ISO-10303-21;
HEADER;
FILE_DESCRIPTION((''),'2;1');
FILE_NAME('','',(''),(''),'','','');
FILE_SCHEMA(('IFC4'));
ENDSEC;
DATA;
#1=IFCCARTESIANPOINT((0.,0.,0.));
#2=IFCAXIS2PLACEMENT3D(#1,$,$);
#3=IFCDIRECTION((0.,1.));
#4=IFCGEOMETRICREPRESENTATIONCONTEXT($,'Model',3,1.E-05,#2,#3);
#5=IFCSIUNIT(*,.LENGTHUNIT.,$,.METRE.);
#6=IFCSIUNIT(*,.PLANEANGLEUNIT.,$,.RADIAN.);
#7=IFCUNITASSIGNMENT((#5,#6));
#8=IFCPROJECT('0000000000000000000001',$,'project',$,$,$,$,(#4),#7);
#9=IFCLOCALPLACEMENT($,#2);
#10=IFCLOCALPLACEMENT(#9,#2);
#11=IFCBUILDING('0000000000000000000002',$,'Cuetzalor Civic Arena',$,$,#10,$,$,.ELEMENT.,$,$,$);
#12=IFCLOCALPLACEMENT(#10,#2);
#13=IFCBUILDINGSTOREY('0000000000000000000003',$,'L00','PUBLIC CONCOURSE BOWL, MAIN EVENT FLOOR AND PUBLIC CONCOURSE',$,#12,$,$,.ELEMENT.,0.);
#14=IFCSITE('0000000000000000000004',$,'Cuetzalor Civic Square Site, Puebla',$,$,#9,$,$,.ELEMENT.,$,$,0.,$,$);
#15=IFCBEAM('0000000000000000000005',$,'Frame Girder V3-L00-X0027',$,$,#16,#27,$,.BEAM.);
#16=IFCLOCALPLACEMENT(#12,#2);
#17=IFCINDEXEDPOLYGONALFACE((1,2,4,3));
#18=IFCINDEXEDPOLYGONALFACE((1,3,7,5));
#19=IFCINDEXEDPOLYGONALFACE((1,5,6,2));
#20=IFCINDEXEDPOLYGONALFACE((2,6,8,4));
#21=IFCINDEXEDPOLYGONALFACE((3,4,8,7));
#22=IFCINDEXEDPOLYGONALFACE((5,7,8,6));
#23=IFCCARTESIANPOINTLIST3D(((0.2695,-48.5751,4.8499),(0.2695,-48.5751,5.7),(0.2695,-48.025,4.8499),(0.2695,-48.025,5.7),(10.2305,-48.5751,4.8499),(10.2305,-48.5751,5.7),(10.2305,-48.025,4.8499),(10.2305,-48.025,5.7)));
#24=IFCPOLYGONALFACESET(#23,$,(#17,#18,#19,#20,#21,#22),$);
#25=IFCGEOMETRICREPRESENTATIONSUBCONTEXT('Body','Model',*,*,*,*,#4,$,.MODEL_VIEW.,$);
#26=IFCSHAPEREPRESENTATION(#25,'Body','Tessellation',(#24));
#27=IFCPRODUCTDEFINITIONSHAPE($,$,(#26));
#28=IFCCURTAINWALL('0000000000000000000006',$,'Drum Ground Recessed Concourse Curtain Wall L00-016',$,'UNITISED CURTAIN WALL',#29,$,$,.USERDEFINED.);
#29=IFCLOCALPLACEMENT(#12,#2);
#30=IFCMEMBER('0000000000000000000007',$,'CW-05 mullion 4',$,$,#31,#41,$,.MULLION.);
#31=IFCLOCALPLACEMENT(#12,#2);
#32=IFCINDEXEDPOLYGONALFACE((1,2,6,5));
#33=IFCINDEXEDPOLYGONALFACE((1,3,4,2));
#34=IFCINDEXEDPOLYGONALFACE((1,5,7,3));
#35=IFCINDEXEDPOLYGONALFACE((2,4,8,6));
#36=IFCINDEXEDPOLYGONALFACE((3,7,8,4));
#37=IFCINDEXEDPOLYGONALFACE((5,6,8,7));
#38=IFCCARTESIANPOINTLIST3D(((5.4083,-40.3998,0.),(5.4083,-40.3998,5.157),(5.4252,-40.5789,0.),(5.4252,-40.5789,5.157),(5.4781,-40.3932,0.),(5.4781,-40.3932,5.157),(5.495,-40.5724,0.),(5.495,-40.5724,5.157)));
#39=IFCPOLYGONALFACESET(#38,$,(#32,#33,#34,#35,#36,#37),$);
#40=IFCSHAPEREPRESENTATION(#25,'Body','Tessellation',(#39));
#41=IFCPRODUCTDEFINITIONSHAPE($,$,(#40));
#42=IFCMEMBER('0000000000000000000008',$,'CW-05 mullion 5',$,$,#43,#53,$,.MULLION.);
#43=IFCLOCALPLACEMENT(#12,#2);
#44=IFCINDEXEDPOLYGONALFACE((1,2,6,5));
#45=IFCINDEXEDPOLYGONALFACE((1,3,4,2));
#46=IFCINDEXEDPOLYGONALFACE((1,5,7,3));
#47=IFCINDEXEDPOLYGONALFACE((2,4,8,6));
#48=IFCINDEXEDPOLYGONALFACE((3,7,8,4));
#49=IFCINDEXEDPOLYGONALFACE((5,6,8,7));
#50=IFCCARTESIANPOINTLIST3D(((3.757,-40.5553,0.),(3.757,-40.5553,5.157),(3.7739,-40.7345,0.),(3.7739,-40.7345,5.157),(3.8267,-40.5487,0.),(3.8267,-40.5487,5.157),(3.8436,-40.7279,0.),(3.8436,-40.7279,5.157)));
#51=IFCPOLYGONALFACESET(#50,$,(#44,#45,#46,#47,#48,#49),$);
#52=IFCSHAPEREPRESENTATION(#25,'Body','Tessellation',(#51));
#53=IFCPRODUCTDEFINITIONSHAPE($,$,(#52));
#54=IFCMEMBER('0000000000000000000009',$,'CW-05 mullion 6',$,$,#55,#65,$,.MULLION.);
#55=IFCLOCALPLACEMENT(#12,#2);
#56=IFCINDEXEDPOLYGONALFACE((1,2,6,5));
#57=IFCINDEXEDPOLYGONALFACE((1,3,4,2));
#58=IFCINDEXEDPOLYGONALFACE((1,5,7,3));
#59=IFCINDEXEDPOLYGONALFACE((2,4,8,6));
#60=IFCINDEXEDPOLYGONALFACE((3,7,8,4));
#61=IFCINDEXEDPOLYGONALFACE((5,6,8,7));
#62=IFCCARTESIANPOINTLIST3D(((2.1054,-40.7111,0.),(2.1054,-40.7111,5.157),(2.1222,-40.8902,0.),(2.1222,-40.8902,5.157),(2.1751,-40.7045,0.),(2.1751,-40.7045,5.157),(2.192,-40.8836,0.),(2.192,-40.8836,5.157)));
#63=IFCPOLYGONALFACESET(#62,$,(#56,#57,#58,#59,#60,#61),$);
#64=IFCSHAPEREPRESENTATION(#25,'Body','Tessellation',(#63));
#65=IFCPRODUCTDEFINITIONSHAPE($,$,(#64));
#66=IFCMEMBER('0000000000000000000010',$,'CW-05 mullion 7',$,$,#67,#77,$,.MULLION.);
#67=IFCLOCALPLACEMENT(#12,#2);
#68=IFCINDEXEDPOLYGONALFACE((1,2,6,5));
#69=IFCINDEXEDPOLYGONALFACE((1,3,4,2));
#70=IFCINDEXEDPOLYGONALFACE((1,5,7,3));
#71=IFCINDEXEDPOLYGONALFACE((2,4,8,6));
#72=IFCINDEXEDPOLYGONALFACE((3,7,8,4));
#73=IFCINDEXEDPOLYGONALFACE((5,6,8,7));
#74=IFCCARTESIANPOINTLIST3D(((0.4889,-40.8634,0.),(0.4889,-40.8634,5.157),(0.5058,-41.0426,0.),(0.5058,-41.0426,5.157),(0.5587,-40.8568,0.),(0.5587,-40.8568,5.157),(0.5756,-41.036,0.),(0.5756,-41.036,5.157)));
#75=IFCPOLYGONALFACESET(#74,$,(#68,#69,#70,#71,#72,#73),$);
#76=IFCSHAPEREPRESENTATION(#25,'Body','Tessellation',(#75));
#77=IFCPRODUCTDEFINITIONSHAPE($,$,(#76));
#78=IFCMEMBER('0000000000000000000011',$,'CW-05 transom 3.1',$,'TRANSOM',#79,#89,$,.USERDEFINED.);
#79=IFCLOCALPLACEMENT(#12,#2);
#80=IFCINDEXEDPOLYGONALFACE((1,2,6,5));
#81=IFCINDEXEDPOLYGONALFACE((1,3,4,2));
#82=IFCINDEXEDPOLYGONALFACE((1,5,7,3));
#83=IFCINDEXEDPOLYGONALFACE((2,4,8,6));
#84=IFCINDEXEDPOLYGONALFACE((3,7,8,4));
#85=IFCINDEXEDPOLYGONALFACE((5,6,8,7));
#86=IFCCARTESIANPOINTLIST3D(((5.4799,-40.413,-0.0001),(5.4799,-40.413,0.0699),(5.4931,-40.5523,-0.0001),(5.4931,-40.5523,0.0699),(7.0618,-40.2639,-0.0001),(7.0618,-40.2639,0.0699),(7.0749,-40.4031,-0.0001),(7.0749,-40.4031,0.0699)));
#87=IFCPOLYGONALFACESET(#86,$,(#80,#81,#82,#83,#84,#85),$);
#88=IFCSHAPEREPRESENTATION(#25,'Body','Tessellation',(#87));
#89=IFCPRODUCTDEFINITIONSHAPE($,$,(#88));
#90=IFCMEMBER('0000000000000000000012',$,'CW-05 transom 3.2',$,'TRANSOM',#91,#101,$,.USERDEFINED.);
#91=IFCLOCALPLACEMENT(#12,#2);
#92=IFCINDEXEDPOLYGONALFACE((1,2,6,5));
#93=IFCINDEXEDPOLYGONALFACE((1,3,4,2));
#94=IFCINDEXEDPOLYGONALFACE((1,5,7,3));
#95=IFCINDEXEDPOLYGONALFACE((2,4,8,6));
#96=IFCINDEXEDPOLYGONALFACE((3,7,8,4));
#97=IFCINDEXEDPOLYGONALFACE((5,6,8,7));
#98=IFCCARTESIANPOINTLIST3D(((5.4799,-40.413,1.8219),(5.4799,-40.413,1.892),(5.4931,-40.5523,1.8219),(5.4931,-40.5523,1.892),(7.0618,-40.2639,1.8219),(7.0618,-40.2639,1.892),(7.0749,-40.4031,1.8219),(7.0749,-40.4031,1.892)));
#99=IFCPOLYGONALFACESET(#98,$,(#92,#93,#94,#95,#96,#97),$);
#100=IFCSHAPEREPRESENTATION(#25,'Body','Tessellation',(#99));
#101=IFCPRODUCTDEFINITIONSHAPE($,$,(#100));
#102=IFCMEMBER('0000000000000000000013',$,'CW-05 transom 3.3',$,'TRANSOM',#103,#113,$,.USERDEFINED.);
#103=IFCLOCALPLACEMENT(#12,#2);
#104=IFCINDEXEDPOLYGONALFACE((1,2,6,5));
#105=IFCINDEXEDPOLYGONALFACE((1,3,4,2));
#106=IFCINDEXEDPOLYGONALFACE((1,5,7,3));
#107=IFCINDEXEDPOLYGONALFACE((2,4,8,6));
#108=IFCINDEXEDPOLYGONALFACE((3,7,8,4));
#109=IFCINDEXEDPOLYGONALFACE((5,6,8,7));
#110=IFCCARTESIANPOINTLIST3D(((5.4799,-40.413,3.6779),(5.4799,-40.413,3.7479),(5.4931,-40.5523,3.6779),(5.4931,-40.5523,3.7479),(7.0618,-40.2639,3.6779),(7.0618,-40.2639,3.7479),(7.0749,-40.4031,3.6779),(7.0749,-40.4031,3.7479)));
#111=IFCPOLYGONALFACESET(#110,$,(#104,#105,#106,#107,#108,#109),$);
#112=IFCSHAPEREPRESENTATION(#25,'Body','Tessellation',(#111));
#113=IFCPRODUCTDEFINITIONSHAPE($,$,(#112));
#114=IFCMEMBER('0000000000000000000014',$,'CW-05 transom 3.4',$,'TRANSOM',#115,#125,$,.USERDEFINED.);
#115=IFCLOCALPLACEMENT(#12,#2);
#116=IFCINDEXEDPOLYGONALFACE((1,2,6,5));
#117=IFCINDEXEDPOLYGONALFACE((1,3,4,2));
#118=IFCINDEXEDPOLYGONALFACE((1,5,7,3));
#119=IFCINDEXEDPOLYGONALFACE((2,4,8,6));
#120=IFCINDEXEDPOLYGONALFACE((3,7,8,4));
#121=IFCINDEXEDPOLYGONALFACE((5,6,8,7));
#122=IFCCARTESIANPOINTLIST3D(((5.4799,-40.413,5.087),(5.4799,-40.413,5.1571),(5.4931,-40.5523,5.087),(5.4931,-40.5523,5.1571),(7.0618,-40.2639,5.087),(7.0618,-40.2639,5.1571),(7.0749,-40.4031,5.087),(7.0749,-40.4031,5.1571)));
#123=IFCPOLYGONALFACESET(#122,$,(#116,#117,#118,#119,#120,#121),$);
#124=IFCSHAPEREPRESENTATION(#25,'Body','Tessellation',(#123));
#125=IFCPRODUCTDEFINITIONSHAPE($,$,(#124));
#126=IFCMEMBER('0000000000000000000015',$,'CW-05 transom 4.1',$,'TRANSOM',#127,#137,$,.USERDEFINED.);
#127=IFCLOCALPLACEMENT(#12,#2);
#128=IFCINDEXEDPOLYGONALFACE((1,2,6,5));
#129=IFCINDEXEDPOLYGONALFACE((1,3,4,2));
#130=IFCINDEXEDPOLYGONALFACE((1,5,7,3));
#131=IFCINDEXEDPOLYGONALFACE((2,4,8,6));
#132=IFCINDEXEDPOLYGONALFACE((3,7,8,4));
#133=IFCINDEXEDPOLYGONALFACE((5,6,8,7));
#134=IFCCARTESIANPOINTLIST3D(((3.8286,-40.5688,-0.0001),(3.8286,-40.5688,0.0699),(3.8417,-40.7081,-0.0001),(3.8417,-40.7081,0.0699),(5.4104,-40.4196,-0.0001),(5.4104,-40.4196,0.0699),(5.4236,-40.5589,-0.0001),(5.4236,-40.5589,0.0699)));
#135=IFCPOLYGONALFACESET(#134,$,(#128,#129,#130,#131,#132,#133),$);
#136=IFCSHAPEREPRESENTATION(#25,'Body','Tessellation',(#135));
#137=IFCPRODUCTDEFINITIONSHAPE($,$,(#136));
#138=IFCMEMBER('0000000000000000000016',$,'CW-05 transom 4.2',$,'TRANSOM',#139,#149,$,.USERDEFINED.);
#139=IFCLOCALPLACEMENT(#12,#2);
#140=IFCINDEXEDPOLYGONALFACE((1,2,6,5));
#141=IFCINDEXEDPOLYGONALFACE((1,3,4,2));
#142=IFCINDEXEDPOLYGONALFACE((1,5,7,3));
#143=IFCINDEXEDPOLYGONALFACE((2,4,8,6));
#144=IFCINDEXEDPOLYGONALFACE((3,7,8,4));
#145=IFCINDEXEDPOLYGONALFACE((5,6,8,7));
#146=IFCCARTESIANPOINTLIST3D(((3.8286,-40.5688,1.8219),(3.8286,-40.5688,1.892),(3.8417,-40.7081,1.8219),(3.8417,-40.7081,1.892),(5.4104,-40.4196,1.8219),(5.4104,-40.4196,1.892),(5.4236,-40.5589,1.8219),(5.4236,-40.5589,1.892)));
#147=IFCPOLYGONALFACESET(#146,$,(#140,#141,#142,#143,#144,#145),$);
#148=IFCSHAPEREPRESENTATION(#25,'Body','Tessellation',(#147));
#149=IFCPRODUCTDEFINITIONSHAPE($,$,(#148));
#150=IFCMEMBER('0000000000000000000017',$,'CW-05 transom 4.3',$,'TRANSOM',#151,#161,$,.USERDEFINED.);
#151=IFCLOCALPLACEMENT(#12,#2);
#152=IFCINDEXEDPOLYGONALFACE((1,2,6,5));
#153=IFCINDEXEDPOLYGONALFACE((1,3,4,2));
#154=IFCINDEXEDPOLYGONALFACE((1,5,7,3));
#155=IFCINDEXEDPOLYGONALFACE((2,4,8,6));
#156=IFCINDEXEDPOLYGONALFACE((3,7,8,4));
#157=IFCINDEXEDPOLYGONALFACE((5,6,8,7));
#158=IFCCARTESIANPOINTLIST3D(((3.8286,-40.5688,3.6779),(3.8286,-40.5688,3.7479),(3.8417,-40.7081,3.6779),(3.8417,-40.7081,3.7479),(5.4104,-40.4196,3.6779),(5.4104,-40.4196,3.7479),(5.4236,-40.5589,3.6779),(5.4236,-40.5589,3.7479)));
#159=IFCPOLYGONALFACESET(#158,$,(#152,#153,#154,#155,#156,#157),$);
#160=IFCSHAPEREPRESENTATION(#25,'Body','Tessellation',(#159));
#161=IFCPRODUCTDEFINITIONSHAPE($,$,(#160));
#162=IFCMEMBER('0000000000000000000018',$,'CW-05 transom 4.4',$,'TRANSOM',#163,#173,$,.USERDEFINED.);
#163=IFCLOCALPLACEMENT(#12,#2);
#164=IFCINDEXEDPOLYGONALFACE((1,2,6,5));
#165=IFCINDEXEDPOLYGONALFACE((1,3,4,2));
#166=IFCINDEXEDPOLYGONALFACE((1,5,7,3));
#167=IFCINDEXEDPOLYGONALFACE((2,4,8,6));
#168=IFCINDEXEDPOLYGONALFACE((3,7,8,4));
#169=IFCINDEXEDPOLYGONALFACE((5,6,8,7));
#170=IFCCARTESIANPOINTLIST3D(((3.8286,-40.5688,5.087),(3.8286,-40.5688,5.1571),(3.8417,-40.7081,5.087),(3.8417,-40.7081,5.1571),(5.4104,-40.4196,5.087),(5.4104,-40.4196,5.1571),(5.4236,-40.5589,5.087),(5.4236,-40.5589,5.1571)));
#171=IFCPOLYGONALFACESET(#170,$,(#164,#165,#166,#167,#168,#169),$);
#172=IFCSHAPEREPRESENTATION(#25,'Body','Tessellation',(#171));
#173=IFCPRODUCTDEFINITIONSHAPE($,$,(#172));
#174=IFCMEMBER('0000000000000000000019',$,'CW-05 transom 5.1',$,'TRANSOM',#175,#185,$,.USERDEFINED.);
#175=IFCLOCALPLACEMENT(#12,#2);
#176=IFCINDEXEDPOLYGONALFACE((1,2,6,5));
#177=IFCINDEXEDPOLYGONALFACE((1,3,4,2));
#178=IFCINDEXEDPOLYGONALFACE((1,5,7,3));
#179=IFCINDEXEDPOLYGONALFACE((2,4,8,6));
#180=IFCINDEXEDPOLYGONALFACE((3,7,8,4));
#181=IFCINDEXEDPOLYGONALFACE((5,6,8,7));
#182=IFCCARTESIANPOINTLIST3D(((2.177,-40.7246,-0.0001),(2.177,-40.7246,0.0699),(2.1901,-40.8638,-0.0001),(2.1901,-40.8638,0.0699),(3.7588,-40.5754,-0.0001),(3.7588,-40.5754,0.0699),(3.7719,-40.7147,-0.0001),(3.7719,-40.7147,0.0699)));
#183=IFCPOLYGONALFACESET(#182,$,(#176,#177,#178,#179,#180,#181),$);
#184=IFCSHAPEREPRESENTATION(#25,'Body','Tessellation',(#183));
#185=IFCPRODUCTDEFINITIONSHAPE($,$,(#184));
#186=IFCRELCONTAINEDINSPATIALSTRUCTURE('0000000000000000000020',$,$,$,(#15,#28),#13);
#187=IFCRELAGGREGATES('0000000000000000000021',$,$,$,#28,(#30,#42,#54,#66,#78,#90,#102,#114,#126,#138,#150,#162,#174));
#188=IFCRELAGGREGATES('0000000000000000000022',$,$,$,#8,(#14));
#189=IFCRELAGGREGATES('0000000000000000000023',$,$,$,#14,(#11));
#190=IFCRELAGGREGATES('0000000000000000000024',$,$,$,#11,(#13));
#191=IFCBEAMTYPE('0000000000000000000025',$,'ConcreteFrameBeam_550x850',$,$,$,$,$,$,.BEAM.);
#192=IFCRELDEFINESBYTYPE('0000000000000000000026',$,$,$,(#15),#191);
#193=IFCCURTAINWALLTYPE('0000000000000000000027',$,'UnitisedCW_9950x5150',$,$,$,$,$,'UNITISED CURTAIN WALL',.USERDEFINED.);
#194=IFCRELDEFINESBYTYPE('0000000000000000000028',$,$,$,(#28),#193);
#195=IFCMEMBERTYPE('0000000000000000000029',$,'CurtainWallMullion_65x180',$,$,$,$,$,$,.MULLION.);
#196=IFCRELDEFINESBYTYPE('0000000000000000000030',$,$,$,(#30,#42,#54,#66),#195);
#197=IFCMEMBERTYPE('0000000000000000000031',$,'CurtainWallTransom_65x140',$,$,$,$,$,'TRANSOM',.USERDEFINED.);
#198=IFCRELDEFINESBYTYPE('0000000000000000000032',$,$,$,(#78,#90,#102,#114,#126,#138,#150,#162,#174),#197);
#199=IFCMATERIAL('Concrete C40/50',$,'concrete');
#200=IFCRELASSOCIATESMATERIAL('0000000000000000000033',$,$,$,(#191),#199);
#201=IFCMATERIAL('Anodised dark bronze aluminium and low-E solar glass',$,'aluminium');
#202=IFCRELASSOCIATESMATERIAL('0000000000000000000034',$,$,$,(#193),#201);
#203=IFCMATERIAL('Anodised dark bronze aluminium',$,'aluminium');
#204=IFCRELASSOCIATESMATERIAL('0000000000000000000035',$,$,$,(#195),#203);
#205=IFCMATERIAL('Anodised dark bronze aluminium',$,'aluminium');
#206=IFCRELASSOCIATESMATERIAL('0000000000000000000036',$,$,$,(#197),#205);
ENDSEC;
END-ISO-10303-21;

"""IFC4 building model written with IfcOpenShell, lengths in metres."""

from ifc_helpers import new_model, si_unit, direction, frame, origin, origin_2d, place, context, subcontext, project, spatial, rectangle, extrude, material, material_profile, profile_set, type_object, element, aggregate, save


model = new_model("IFC4")

# Units and contexts
model_context = context("Model", 3, precision=1e-05, world=origin(), true_north=direction((0.0, 1.0)))
body_context = subcontext(model_context, "Body", "Model", "MODEL_VIEW")
ifc_project = project(units=[si_unit("LENGTHUNIT", "METRE"), si_unit("PLANEANGLEUNIT", "RADIAN")], contexts=[model_context])

# Site, building, storey
site_placement = place(None, origin())
site = spatial("IfcSite", under=ifc_project, at=site_placement, Name="Cuetzalor Civic Square Site, Puebla", CompositionType="ELEMENT", RefElevation=0.0)
building_placement = place(site_placement, origin())
building = spatial("IfcBuilding", under=site, at=building_placement, Name="Cuetzalor Civic Arena", CompositionType="ELEMENT")
storey_placement = place(building_placement, origin())
storey = spatial("IfcBuildingStorey", under=building, at=storey_placement, Name="L00", Description="PUBLIC CONCOURSE BOWL, MAIN EVENT FLOOR AND PUBLIC CONCOURSE", CompositionType="ELEMENT", Elevation=0.0)

# Beam
ifc_material_1 = material(Name="Concrete C40/50", Category="concrete")
ifc_material_profile_1 = material_profile(ifc_material_1, rectangle(XDim=0.55, YDim=0.8501, at=origin_2d()), Name="RC 550x850")
ifc_profile_set_1 = profile_set([ifc_material_profile_1], Name="Concrete C40/50")
beam_type_1 = type_object("IfcBeamType", Name="ConcreteFrameBeam_550x850", PredefinedType="BEAM", material=ifc_profile_set_1)
beam_1_placement = place(storey_placement, frame((0.2695, -48.3, 5.2749), z_axis=(1.0, 0.0, 0.0), x_axis=(0.0, 1.0, 0.0)))
element("IfcBeam", 1, at=beam_1_placement, inside=storey, type_object=beam_type_1, Name="Frame Girder V3-L00-X0027", PredefinedType="BEAM", context=body_context, shape_type="SweptSolid", body=[
    extrude(rectangle(XDim=0.55, YDim=0.8501, at=origin_2d()), origin(), (0.0, 0.0, 1.0), 9.9609),
])

# Curtain wall, members
ifc_material_2 = material(Name="Anodised dark bronze aluminium and low-E solar glass", Category="aluminium")
curtain_wall_type = type_object("IfcCurtainWallType", Name="UnitisedCW_9950x5150", ElementType="UNITISED CURTAIN WALL", PredefinedType="USERDEFINED", material=ifc_material_2)
curtain_wall_placement = place(storey_placement, origin())
curtain_wall = element("IfcCurtainWall", 2, at=curtain_wall_placement, inside=storey, type_object=curtain_wall_type, Name="Drum Ground Recessed Concourse Curtain Wall L00-016", ObjectType="UNITISED CURTAIN WALL", PredefinedType="USERDEFINED")
ifc_material_3 = material(Name="Anodised dark bronze aluminium", Category="aluminium")
ifc_material_profile_2 = material_profile(ifc_material_3, rectangle(XDim=0.0701, YDim=0.1799, at=origin_2d()), Name="ALU MULLION 70x180")
ifc_profile_set_2 = profile_set([ifc_material_profile_2], Name="Anodised dark bronze aluminium")
member_type_1 = type_object("IfcMemberType", Name="CurtainWallMullion_65x180", PredefinedType="MULLION", material=ifc_profile_set_2)
member_1_placement = place(storey_placement, frame((5.4517, -40.4861, 0.0), z_axis=(0.0, 0.0, 1.0), x_axis=(-0.995585, -0.093863, 0.0)))
member_1 = element("IfcMember", 3, at=member_1_placement, type_object=member_type_1, Name="CW-05 mullion 4", PredefinedType="MULLION", context=body_context, shape_type="SweptSolid", body=[
    extrude(rectangle(XDim=0.0701, YDim=0.1799, at=origin_2d()), origin(), (0.0, 0.0, 1.0), 5.157),
])
member_2_placement = place(storey_placement, frame((3.8003, -40.6416, 0.0), z_axis=(0.0, 0.0, 1.0), x_axis=(-0.995585, -0.093863, 0.0)))
member_2 = element("IfcMember", 4, at=member_2_placement, type_object=member_type_1, Name="CW-05 mullion 5", PredefinedType="MULLION", context=body_context, shape_type="SweptSolid", body=[
    extrude(rectangle(XDim=0.0701, YDim=0.1799, at=origin_2d()), origin(), (0.0, 0.0, 1.0), 5.157),
])
member_3_placement = place(storey_placement, frame((2.1487, -40.7974, 0.0), z_axis=(0.0, 0.0, 1.0), x_axis=(-0.995585, -0.093863, 0.0)))
member_3 = element("IfcMember", 5, at=member_3_placement, type_object=member_type_1, Name="CW-05 mullion 6", PredefinedType="MULLION", context=body_context, shape_type="SweptSolid", body=[
    extrude(rectangle(XDim=0.0701, YDim=0.1799, at=origin_2d()), origin(), (0.0, 0.0, 1.0), 5.157),
])
member_4_placement = place(storey_placement, frame((0.5322, -40.9497, 0.0), z_axis=(0.0, 0.0, 1.0), x_axis=(-0.995585, -0.093863, 0.0)))
member_4 = element("IfcMember", 6, at=member_4_placement, type_object=member_type_1, Name="CW-05 mullion 7", PredefinedType="MULLION", context=body_context, shape_type="SweptSolid", body=[
    extrude(rectangle(XDim=0.0701, YDim=0.1799, at=origin_2d()), origin(), (0.0, 0.0, 1.0), 5.157),
])
ifc_material_4 = material(Name="Anodised dark bronze aluminium", Category="aluminium")
ifc_material_profile_3 = material_profile(ifc_material_4, rectangle(XDim=0.1399, YDim=0.0701, at=origin_2d()), Name="ALU TRANSOM 70x140")
ifc_profile_set_3 = profile_set([ifc_material_profile_3], Name="Anodised dark bronze aluminium")
member_type_2 = type_object("IfcMemberType", Name="CurtainWallTransom_65x140", ElementType="TRANSOM", PredefinedType="USERDEFINED", material=ifc_profile_set_3)
member_5_placement = place(storey_placement, frame((7.0684, -40.3335, 0.0349), z_axis=(-0.995583, -0.093888, 0.0), x_axis=(0.093888, -0.995583, 0.0)))
member_5 = element("IfcMember", 7, at=member_5_placement, type_object=member_type_2, Name="CW-05 transom 3.1", ObjectType="TRANSOM", PredefinedType="USERDEFINED", context=body_context, shape_type="SweptSolid", body=[
    extrude(rectangle(XDim=0.1399, YDim=0.0701, at=origin_2d()), origin(), (0.0, 0.0, 1.0), 1.5889),
])
member_6_placement = place(storey_placement, frame((7.0684, -40.3335, 1.8569), z_axis=(-0.995583, -0.093888, 0.0), x_axis=(0.093888, -0.995583, 0.0)))
member_6 = element("IfcMember", 8, at=member_6_placement, type_object=member_type_2, Name="CW-05 transom 3.2", ObjectType="TRANSOM", PredefinedType="USERDEFINED", context=body_context, shape_type="SweptSolid", body=[
    extrude(rectangle(XDim=0.1399, YDim=0.0701, at=origin_2d()), origin(), (0.0, 0.0, 1.0), 1.5889),
])
member_7_placement = place(storey_placement, frame((7.0684, -40.3335, 3.7129), z_axis=(-0.995583, -0.093888, 0.0), x_axis=(0.093888, -0.995583, 0.0)))
member_7 = element("IfcMember", 9, at=member_7_placement, type_object=member_type_2, Name="CW-05 transom 3.3", ObjectType="TRANSOM", PredefinedType="USERDEFINED", context=body_context, shape_type="SweptSolid", body=[
    extrude(rectangle(XDim=0.1399, YDim=0.0701, at=origin_2d()), origin(), (0.0, 0.0, 1.0), 1.5889),
])
member_8_placement = place(storey_placement, frame((7.0684, -40.3335, 5.1221), z_axis=(-0.995583, -0.093888, 0.0), x_axis=(0.093888, -0.995583, 0.0)))
member_8 = element("IfcMember", 10, at=member_8_placement, type_object=member_type_2, Name="CW-05 transom 3.4", ObjectType="TRANSOM", PredefinedType="USERDEFINED", context=body_context, shape_type="SweptSolid", body=[
    extrude(rectangle(XDim=0.1399, YDim=0.0701, at=origin_2d()), origin(), (0.0, 0.0, 1.0), 1.5889),
])
member_9_placement = place(storey_placement, frame((5.417, -40.4893, 0.0349), z_axis=(-0.995583, -0.093888, 0.0), x_axis=(0.093888, -0.995583, 0.0)))
member_9 = element("IfcMember", 11, at=member_9_placement, type_object=member_type_2, Name="CW-05 transom 4.1", ObjectType="TRANSOM", PredefinedType="USERDEFINED", context=body_context, shape_type="SweptSolid", body=[
    extrude(rectangle(XDim=0.1399, YDim=0.0701, at=origin_2d()), origin(), (0.0, 0.0, 1.0), 1.5889),
])
member_10_placement = place(storey_placement, frame((5.417, -40.4893, 1.8569), z_axis=(-0.995583, -0.093888, 0.0), x_axis=(0.093888, -0.995583, 0.0)))
member_10 = element("IfcMember", 12, at=member_10_placement, type_object=member_type_2, Name="CW-05 transom 4.2", ObjectType="TRANSOM", PredefinedType="USERDEFINED", context=body_context, shape_type="SweptSolid", body=[
    extrude(rectangle(XDim=0.1399, YDim=0.0701, at=origin_2d()), origin(), (0.0, 0.0, 1.0), 1.5889),
])
member_11_placement = place(storey_placement, frame((5.417, -40.4893, 3.7129), z_axis=(-0.995583, -0.093888, 0.0), x_axis=(0.093888, -0.995583, 0.0)))
member_11 = element("IfcMember", 13, at=member_11_placement, type_object=member_type_2, Name="CW-05 transom 4.3", ObjectType="TRANSOM", PredefinedType="USERDEFINED", context=body_context, shape_type="SweptSolid", body=[
    extrude(rectangle(XDim=0.1399, YDim=0.0701, at=origin_2d()), origin(), (0.0, 0.0, 1.0), 1.5889),
])
member_12_placement = place(storey_placement, frame((5.417, -40.4893, 5.1221), z_axis=(-0.995583, -0.093888, 0.0), x_axis=(0.093888, -0.995583, 0.0)))
member_12 = element("IfcMember", 14, at=member_12_placement, type_object=member_type_2, Name="CW-05 transom 4.4", ObjectType="TRANSOM", PredefinedType="USERDEFINED", context=body_context, shape_type="SweptSolid", body=[
    extrude(rectangle(XDim=0.1399, YDim=0.0701, at=origin_2d()), origin(), (0.0, 0.0, 1.0), 1.5889),
])
member_13_placement = place(storey_placement, frame((3.7654, -40.645, 0.0349), z_axis=(-0.995583, -0.093888, 0.0), x_axis=(0.093888, -0.995583, 0.0)))
member_13 = element("IfcMember", 15, at=member_13_placement, type_object=member_type_2, Name="CW-05 transom 5.1", ObjectType="TRANSOM", PredefinedType="USERDEFINED", context=body_context, shape_type="SweptSolid", body=[
    extrude(rectangle(XDim=0.1399, YDim=0.0701, at=origin_2d()), origin(), (0.0, 0.0, 1.0), 1.5889),
])

aggregate(curtain_wall, [member_1, member_2, member_3, member_4, member_5, member_6, member_7, member_8, member_9, member_10, member_11, member_12, member_13])

save(model, "model.ifc")
